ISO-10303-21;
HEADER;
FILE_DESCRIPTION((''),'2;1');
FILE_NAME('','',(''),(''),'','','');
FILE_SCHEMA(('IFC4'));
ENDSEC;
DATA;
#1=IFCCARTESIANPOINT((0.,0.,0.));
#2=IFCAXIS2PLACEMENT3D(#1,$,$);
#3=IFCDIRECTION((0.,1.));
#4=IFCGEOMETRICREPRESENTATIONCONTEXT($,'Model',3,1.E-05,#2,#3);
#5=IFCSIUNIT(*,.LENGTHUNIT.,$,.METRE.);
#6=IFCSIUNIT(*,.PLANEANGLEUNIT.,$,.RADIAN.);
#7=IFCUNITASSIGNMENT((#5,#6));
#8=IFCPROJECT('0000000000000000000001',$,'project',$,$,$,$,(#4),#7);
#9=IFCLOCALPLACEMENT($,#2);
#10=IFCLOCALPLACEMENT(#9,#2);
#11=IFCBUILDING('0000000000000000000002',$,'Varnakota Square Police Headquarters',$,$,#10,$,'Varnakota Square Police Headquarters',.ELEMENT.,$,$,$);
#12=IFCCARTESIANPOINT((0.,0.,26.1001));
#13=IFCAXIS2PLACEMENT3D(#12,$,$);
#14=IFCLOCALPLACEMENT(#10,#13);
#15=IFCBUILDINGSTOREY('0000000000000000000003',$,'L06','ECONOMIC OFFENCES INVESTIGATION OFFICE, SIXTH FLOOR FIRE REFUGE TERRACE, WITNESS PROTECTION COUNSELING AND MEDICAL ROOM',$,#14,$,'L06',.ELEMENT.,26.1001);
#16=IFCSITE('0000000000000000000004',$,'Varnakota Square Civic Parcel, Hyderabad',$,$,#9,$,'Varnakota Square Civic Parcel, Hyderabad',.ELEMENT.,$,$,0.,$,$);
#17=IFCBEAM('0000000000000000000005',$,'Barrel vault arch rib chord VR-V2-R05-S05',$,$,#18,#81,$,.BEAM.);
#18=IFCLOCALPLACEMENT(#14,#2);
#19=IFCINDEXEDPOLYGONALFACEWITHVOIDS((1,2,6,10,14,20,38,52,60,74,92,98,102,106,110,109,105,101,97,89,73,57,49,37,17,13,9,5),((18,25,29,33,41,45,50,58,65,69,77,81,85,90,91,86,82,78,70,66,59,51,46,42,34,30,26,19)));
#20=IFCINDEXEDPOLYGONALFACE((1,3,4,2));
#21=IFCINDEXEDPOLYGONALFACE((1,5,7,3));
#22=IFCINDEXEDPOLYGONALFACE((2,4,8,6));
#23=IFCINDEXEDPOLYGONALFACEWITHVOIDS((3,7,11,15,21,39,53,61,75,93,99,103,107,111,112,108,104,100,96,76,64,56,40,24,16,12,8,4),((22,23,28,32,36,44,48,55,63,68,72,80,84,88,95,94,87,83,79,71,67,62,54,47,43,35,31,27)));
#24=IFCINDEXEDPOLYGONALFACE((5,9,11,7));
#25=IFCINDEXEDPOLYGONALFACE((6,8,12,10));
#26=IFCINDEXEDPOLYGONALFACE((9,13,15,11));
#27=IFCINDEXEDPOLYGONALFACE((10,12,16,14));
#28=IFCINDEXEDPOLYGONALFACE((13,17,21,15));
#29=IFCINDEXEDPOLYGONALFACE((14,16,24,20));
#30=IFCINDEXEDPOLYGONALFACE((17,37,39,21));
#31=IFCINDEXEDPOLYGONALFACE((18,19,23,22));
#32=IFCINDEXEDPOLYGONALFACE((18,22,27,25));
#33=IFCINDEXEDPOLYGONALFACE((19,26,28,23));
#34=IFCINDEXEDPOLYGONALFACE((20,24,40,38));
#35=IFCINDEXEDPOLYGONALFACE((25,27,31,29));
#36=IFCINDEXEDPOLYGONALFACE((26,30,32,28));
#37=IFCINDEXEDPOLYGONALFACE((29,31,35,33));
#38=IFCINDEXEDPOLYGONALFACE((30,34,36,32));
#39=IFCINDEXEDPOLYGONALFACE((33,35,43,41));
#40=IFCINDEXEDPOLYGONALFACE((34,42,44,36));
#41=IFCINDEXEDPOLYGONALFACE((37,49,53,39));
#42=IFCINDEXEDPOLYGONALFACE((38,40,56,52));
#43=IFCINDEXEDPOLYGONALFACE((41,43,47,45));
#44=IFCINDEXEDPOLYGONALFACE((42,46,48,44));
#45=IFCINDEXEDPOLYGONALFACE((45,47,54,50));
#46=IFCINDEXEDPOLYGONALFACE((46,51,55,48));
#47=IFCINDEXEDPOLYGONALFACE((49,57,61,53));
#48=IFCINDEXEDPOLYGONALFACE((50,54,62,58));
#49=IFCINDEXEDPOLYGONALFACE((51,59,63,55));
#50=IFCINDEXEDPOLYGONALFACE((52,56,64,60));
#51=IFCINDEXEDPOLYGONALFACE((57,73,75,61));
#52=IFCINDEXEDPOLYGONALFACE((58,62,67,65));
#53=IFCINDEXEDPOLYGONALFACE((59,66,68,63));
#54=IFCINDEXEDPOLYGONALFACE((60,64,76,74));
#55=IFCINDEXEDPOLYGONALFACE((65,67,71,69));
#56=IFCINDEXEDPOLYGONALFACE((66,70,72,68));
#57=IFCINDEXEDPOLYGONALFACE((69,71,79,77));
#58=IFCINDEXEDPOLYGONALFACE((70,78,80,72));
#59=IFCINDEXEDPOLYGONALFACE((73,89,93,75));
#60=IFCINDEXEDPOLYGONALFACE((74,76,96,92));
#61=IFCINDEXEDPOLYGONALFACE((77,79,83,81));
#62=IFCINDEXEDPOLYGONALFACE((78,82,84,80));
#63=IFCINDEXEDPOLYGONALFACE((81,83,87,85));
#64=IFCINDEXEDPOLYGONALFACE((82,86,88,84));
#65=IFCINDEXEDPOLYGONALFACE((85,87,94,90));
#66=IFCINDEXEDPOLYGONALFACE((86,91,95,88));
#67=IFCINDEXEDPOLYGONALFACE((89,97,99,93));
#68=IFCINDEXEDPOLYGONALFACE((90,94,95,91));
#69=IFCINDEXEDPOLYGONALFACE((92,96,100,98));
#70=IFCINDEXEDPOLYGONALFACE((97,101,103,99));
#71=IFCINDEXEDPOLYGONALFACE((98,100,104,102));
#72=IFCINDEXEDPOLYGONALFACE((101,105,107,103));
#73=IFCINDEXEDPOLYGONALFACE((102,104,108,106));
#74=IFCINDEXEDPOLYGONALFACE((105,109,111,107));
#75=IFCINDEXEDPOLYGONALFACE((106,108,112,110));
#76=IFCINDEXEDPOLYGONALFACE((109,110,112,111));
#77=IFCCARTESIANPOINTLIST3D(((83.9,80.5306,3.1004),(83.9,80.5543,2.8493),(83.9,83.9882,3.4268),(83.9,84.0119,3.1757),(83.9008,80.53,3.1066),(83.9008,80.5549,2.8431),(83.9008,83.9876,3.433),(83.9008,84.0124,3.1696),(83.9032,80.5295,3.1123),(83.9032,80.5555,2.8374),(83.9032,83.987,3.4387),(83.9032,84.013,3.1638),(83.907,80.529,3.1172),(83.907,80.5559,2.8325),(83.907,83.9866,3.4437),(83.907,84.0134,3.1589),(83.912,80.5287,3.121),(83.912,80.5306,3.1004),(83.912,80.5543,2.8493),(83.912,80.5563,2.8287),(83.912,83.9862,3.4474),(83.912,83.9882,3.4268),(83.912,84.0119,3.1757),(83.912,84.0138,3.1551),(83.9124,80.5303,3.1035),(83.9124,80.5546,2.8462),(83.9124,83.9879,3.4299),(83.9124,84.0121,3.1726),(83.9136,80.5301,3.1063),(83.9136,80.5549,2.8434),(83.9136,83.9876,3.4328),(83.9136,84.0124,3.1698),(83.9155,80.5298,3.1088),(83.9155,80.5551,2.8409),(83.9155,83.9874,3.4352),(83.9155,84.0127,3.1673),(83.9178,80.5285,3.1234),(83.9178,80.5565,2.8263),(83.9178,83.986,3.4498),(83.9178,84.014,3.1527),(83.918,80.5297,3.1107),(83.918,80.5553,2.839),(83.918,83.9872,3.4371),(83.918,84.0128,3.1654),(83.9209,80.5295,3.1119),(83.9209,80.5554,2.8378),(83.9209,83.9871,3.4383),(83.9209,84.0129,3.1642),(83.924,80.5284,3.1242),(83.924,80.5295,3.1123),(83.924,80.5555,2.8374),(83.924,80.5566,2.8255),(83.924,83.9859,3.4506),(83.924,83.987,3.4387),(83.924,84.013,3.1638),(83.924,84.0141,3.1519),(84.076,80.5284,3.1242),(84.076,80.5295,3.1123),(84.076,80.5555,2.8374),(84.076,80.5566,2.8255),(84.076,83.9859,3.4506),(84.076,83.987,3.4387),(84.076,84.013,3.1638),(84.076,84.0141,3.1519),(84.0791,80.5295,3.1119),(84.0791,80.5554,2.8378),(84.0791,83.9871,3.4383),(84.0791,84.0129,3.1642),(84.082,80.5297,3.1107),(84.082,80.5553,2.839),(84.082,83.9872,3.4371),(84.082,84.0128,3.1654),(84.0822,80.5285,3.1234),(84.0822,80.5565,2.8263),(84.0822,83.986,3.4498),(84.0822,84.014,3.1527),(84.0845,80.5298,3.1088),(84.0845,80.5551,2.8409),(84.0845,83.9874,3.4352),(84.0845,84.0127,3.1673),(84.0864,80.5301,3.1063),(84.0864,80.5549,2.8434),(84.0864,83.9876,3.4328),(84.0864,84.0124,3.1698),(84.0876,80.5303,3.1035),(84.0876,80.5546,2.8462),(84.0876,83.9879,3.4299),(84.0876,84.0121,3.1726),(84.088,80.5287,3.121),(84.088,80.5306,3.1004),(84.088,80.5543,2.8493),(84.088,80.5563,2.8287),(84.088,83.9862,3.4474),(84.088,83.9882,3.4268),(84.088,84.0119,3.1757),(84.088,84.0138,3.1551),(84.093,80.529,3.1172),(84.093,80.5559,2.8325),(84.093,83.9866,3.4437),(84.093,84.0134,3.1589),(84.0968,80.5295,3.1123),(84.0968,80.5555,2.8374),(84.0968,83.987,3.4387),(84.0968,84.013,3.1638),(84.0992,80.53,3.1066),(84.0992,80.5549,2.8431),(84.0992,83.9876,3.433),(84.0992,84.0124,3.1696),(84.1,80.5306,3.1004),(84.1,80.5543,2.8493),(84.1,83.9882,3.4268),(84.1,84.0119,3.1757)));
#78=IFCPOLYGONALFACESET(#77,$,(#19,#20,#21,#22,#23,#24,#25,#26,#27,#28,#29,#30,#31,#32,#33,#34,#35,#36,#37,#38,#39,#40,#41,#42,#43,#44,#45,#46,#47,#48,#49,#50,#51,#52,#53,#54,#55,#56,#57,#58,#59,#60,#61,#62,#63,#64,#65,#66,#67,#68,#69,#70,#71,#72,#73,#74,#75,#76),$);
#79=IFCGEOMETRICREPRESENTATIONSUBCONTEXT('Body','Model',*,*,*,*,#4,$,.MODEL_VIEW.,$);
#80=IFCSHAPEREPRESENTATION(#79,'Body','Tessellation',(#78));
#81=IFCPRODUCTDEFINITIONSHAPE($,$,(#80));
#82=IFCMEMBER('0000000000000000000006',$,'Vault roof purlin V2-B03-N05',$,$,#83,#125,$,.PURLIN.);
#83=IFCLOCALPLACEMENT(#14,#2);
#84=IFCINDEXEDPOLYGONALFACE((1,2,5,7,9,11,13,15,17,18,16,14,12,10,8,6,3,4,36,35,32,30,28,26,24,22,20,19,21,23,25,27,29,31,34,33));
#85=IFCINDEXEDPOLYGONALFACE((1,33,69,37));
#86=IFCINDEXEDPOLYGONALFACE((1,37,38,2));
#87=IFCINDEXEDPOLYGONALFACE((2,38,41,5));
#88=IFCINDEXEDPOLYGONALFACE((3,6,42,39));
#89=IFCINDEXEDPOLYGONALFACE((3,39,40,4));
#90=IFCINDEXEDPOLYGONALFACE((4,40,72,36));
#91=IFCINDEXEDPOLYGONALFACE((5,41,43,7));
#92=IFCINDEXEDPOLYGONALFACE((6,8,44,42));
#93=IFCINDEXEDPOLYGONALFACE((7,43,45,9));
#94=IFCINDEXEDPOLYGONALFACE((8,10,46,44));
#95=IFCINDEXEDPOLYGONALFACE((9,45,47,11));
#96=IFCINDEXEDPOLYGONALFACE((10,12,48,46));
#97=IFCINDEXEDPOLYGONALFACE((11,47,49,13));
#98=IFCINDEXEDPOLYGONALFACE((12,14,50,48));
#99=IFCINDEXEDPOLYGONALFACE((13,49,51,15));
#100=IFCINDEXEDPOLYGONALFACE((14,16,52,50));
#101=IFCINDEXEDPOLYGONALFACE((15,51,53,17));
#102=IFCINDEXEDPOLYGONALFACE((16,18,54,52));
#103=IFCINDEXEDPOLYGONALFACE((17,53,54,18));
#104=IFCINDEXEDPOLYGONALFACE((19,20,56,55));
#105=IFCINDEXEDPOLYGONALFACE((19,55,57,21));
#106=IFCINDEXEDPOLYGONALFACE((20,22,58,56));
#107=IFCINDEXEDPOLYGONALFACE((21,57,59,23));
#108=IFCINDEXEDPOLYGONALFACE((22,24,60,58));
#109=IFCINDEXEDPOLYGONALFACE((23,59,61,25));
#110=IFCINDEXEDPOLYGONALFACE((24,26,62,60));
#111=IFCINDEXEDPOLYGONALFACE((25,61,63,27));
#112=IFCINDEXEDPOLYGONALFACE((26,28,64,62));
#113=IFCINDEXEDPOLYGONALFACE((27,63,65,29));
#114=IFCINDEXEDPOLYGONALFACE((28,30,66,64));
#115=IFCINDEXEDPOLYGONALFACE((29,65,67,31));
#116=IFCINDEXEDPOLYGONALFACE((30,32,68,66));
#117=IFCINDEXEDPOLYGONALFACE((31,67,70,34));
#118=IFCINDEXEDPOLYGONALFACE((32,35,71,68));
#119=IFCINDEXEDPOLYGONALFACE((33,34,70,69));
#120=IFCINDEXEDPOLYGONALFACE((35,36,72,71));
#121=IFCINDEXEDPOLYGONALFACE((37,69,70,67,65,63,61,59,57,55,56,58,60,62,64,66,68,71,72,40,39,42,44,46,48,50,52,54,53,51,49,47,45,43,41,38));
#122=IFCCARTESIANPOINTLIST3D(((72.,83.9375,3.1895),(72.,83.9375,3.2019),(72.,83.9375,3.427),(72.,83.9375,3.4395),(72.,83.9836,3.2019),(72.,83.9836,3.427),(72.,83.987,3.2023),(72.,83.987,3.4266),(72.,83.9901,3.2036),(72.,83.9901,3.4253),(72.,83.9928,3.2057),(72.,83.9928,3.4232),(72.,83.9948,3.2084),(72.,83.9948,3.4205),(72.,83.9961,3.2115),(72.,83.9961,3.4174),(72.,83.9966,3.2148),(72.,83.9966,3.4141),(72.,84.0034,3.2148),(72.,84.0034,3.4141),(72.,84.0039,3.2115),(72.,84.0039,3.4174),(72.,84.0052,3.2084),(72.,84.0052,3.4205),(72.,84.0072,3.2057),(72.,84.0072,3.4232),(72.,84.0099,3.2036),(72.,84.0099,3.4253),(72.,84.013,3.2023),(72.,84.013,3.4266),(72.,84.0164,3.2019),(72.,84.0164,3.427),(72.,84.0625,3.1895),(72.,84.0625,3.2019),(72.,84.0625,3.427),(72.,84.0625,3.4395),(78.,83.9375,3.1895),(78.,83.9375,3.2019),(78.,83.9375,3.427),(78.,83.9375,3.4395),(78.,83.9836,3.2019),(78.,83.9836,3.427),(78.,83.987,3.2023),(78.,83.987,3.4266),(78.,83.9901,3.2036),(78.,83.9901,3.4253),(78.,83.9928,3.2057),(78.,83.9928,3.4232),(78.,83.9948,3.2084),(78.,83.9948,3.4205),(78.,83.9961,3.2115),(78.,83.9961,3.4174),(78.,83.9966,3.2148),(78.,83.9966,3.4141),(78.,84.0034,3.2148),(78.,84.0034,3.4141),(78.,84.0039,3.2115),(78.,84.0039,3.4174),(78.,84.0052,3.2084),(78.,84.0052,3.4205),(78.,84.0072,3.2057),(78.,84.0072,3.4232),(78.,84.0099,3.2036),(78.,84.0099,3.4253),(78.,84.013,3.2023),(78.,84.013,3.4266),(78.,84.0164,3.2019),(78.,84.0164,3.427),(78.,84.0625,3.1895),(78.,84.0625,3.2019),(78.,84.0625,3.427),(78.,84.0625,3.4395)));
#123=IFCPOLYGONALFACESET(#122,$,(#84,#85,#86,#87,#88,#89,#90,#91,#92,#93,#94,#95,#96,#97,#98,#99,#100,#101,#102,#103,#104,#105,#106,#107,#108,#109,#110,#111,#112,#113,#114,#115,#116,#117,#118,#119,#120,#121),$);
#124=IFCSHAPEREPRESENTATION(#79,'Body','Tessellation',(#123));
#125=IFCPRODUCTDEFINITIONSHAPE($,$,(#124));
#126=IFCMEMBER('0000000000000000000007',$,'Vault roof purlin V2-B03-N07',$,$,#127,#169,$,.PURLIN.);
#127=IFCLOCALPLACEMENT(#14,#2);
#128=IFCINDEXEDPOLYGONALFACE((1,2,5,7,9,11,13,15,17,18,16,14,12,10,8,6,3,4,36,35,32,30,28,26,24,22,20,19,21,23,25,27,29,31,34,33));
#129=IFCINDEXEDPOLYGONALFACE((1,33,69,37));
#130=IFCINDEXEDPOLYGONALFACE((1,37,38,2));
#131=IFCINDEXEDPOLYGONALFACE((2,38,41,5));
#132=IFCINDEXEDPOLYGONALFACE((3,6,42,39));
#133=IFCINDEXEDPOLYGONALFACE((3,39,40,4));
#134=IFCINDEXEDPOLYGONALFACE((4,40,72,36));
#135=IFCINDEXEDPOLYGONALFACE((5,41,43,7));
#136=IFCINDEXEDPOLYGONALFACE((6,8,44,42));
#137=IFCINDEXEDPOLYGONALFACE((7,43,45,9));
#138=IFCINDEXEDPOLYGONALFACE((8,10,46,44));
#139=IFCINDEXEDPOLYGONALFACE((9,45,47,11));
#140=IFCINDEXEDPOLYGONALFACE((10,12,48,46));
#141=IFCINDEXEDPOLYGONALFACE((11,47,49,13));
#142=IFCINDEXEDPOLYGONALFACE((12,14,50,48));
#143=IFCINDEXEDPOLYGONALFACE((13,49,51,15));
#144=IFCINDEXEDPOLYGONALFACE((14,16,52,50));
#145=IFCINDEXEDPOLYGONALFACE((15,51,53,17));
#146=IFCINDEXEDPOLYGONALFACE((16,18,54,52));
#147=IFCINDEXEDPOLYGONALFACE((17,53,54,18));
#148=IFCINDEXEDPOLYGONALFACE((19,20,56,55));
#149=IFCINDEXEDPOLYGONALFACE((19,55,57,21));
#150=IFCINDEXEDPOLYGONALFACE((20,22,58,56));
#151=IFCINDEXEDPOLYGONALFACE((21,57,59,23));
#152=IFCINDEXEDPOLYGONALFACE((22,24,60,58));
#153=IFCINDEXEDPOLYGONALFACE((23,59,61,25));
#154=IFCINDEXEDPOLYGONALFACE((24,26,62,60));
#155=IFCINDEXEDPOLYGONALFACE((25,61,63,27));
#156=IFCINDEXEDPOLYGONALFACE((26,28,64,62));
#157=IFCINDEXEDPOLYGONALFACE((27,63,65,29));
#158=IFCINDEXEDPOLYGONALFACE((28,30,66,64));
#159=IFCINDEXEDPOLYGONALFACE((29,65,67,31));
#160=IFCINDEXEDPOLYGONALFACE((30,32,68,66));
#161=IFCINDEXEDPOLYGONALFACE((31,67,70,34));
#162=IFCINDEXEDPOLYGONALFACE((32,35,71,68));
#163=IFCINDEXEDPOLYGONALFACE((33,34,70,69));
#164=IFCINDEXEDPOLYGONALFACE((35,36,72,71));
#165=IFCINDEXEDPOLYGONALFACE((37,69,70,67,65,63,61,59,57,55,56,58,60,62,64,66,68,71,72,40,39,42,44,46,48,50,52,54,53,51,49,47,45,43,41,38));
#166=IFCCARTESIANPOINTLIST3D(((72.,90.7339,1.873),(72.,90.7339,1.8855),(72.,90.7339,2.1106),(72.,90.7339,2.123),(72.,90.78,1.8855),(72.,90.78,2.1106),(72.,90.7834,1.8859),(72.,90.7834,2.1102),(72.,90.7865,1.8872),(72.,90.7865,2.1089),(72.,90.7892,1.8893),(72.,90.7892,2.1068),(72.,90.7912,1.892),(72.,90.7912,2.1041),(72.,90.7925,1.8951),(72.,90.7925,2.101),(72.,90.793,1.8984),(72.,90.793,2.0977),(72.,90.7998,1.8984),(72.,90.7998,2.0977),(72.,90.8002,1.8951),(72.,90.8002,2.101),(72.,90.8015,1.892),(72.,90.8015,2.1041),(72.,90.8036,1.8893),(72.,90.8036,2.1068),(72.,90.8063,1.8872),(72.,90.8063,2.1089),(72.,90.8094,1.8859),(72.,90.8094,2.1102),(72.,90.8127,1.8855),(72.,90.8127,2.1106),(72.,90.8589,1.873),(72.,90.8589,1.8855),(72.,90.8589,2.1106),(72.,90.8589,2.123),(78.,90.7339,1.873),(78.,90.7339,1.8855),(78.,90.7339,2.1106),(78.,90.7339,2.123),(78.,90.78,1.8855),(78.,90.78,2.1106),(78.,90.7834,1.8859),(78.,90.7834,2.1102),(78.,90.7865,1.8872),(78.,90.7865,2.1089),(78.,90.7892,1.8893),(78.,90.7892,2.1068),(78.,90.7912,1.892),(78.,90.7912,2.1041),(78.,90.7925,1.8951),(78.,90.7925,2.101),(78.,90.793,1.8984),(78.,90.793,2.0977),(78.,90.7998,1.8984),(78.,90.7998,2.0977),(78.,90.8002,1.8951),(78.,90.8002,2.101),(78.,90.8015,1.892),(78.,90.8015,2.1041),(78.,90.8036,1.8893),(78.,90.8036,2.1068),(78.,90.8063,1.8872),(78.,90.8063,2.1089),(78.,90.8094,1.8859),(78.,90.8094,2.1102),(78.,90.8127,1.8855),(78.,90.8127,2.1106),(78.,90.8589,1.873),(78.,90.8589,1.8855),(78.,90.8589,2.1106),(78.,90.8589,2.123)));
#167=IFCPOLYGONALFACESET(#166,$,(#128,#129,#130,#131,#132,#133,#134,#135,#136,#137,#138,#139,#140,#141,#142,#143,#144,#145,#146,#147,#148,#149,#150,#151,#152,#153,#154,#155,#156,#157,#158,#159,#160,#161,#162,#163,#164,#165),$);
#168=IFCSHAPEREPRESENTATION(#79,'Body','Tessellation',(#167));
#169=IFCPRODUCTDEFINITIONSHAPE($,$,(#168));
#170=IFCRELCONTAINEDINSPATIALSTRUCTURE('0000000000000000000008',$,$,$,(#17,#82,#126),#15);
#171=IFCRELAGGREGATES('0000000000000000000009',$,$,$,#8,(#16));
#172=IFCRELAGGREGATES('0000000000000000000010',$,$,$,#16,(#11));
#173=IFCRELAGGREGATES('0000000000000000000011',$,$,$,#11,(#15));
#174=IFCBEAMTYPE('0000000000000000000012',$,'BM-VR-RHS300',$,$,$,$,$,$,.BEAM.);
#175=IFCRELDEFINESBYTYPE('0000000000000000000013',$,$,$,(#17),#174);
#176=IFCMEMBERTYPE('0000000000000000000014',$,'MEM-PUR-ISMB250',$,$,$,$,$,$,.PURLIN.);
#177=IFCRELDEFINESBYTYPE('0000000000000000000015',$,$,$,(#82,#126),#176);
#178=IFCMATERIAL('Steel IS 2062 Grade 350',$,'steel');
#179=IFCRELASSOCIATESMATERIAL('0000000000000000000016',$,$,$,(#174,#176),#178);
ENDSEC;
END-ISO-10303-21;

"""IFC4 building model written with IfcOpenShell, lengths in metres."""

from ifc_helpers import new_model, si_unit, direction, frame, origin, origin_2d, place, context, subcontext, project, spatial, hollow_rectangle, i_section, extrude, material, material_profile, profile_set, type_object, element, save


model = new_model("IFC4")

# Units and contexts
model_context = context("Model", 3, precision=1e-05, world=origin(), true_north=direction((0.0, 1.0)))
body_context = subcontext(model_context, "Body", "Model", "MODEL_VIEW")
ifc_project = project(units=[si_unit("LENGTHUNIT", "METRE"), si_unit("PLANEANGLEUNIT", "RADIAN")], contexts=[model_context])

# Site, building, storey
site_placement = place(None, origin())
site = spatial("IfcSite", under=ifc_project, at=site_placement, Name="Varnakota Square Civic Parcel, Hyderabad", LongName="Varnakota Square Civic Parcel, Hyderabad", CompositionType="ELEMENT", RefElevation=0.0)
building_placement = place(site_placement, origin())
building = spatial("IfcBuilding", under=site, at=building_placement, Name="Varnakota Square Police Headquarters", LongName="Varnakota Square Police Headquarters", CompositionType="ELEMENT")
storey_placement = place(building_placement, frame((0.0, 0.0, 26.1001)))
storey = spatial("IfcBuildingStorey", under=building, at=storey_placement, Name="L06", Description="ECONOMIC OFFENCES INVESTIGATION OFFICE, SIXTH FLOOR FIRE REFUGE TERRACE, WITNESS PROTECTION COUNSELING AND MEDICAL ROOM", LongName="L06", CompositionType="ELEMENT", Elevation=26.1001)

# Beam
ifc_material_1 = material(Name="Steel IS 2062 Grade 350", Category="steel")
ifc_material_profile_1 = material_profile(ifc_material_1, hollow_rectangle(XDim=0.2, YDim=0.3, WallThickness=0.012, InnerFilletRadius=0.012, OuterFilletRadius=0.0239, at=origin_2d()), Name="RHS 300x200x12")
ifc_profile_set_1 = profile_set([ifc_material_profile_1], Name="Steel IS 2062 Grade 350")
beam_type = type_object("IfcBeamType", Name="BM-VR-RHS300", PredefinedType="BEAM", material=ifc_profile_set_1)
beam_1_placement = place(storey_placement, frame((84.0, 80.5425, 2.9749), z_axis=(0.0, 0.995573, 0.09399), x_axis=(-1.0, 0.0, 0.0)))
element("IfcBeam", 1, at=beam_1_placement, inside=storey, type_object=beam_type, Name="Barrel vault arch rib chord VR-V2-R05-S05", PredefinedType="BEAM", context=body_context, shape_type="SweptSolid", body=[
    extrude(hollow_rectangle(XDim=0.2, YDim=0.3, WallThickness=0.012, InnerFilletRadius=0.012, OuterFilletRadius=0.0239, at=origin_2d()), origin(), (0.0, 0.0, 1.0), 3.4729),
])

# Members
ifc_material_profile_2 = material_profile(ifc_material_1, i_section(OverallWidth=0.125, OverallDepth=0.25, WebThickness=0.0068, FlangeThickness=0.0125, FilletRadius=0.0129, at=origin_2d()), Name="ISMB 250")
ifc_profile_set_2 = profile_set([ifc_material_profile_2], Name="Steel IS 2062 Grade 350")
member_type_1 = type_object("IfcMemberType", Name="MEM-PUR-ISMB250", PredefinedType="PURLIN", material=ifc_profile_set_2)
for number, where, z_axis, x_axis, name in (
    (2, (72.0, 84.0, 3.3145), (1.0, 0.0, 0.0), (0.0, 1.0, 0.0), "Vault roof purlin V2-B03-N05"),
    (3, (72.0, 90.7964, 1.998), (1.0, 0.0, 0.0), (0.0, 1.0, 0.0), "Vault roof purlin V2-B03-N07"),
):
    element("IfcMember", number, at=place(storey_placement, frame(where, z_axis=z_axis, x_axis=x_axis)), inside=storey, type_object=member_type_1, Name=name, PredefinedType="PURLIN", context=body_context, shape_type="SweptSolid", body=[
        extrude(i_section(OverallWidth=0.125, OverallDepth=0.25, WebThickness=0.0068, FlangeThickness=0.0125, FilletRadius=0.0129, at=origin_2d()), origin(), (0.0, 0.0, 1.0), 6.0),
    ])

save(model, "model.ifc")
